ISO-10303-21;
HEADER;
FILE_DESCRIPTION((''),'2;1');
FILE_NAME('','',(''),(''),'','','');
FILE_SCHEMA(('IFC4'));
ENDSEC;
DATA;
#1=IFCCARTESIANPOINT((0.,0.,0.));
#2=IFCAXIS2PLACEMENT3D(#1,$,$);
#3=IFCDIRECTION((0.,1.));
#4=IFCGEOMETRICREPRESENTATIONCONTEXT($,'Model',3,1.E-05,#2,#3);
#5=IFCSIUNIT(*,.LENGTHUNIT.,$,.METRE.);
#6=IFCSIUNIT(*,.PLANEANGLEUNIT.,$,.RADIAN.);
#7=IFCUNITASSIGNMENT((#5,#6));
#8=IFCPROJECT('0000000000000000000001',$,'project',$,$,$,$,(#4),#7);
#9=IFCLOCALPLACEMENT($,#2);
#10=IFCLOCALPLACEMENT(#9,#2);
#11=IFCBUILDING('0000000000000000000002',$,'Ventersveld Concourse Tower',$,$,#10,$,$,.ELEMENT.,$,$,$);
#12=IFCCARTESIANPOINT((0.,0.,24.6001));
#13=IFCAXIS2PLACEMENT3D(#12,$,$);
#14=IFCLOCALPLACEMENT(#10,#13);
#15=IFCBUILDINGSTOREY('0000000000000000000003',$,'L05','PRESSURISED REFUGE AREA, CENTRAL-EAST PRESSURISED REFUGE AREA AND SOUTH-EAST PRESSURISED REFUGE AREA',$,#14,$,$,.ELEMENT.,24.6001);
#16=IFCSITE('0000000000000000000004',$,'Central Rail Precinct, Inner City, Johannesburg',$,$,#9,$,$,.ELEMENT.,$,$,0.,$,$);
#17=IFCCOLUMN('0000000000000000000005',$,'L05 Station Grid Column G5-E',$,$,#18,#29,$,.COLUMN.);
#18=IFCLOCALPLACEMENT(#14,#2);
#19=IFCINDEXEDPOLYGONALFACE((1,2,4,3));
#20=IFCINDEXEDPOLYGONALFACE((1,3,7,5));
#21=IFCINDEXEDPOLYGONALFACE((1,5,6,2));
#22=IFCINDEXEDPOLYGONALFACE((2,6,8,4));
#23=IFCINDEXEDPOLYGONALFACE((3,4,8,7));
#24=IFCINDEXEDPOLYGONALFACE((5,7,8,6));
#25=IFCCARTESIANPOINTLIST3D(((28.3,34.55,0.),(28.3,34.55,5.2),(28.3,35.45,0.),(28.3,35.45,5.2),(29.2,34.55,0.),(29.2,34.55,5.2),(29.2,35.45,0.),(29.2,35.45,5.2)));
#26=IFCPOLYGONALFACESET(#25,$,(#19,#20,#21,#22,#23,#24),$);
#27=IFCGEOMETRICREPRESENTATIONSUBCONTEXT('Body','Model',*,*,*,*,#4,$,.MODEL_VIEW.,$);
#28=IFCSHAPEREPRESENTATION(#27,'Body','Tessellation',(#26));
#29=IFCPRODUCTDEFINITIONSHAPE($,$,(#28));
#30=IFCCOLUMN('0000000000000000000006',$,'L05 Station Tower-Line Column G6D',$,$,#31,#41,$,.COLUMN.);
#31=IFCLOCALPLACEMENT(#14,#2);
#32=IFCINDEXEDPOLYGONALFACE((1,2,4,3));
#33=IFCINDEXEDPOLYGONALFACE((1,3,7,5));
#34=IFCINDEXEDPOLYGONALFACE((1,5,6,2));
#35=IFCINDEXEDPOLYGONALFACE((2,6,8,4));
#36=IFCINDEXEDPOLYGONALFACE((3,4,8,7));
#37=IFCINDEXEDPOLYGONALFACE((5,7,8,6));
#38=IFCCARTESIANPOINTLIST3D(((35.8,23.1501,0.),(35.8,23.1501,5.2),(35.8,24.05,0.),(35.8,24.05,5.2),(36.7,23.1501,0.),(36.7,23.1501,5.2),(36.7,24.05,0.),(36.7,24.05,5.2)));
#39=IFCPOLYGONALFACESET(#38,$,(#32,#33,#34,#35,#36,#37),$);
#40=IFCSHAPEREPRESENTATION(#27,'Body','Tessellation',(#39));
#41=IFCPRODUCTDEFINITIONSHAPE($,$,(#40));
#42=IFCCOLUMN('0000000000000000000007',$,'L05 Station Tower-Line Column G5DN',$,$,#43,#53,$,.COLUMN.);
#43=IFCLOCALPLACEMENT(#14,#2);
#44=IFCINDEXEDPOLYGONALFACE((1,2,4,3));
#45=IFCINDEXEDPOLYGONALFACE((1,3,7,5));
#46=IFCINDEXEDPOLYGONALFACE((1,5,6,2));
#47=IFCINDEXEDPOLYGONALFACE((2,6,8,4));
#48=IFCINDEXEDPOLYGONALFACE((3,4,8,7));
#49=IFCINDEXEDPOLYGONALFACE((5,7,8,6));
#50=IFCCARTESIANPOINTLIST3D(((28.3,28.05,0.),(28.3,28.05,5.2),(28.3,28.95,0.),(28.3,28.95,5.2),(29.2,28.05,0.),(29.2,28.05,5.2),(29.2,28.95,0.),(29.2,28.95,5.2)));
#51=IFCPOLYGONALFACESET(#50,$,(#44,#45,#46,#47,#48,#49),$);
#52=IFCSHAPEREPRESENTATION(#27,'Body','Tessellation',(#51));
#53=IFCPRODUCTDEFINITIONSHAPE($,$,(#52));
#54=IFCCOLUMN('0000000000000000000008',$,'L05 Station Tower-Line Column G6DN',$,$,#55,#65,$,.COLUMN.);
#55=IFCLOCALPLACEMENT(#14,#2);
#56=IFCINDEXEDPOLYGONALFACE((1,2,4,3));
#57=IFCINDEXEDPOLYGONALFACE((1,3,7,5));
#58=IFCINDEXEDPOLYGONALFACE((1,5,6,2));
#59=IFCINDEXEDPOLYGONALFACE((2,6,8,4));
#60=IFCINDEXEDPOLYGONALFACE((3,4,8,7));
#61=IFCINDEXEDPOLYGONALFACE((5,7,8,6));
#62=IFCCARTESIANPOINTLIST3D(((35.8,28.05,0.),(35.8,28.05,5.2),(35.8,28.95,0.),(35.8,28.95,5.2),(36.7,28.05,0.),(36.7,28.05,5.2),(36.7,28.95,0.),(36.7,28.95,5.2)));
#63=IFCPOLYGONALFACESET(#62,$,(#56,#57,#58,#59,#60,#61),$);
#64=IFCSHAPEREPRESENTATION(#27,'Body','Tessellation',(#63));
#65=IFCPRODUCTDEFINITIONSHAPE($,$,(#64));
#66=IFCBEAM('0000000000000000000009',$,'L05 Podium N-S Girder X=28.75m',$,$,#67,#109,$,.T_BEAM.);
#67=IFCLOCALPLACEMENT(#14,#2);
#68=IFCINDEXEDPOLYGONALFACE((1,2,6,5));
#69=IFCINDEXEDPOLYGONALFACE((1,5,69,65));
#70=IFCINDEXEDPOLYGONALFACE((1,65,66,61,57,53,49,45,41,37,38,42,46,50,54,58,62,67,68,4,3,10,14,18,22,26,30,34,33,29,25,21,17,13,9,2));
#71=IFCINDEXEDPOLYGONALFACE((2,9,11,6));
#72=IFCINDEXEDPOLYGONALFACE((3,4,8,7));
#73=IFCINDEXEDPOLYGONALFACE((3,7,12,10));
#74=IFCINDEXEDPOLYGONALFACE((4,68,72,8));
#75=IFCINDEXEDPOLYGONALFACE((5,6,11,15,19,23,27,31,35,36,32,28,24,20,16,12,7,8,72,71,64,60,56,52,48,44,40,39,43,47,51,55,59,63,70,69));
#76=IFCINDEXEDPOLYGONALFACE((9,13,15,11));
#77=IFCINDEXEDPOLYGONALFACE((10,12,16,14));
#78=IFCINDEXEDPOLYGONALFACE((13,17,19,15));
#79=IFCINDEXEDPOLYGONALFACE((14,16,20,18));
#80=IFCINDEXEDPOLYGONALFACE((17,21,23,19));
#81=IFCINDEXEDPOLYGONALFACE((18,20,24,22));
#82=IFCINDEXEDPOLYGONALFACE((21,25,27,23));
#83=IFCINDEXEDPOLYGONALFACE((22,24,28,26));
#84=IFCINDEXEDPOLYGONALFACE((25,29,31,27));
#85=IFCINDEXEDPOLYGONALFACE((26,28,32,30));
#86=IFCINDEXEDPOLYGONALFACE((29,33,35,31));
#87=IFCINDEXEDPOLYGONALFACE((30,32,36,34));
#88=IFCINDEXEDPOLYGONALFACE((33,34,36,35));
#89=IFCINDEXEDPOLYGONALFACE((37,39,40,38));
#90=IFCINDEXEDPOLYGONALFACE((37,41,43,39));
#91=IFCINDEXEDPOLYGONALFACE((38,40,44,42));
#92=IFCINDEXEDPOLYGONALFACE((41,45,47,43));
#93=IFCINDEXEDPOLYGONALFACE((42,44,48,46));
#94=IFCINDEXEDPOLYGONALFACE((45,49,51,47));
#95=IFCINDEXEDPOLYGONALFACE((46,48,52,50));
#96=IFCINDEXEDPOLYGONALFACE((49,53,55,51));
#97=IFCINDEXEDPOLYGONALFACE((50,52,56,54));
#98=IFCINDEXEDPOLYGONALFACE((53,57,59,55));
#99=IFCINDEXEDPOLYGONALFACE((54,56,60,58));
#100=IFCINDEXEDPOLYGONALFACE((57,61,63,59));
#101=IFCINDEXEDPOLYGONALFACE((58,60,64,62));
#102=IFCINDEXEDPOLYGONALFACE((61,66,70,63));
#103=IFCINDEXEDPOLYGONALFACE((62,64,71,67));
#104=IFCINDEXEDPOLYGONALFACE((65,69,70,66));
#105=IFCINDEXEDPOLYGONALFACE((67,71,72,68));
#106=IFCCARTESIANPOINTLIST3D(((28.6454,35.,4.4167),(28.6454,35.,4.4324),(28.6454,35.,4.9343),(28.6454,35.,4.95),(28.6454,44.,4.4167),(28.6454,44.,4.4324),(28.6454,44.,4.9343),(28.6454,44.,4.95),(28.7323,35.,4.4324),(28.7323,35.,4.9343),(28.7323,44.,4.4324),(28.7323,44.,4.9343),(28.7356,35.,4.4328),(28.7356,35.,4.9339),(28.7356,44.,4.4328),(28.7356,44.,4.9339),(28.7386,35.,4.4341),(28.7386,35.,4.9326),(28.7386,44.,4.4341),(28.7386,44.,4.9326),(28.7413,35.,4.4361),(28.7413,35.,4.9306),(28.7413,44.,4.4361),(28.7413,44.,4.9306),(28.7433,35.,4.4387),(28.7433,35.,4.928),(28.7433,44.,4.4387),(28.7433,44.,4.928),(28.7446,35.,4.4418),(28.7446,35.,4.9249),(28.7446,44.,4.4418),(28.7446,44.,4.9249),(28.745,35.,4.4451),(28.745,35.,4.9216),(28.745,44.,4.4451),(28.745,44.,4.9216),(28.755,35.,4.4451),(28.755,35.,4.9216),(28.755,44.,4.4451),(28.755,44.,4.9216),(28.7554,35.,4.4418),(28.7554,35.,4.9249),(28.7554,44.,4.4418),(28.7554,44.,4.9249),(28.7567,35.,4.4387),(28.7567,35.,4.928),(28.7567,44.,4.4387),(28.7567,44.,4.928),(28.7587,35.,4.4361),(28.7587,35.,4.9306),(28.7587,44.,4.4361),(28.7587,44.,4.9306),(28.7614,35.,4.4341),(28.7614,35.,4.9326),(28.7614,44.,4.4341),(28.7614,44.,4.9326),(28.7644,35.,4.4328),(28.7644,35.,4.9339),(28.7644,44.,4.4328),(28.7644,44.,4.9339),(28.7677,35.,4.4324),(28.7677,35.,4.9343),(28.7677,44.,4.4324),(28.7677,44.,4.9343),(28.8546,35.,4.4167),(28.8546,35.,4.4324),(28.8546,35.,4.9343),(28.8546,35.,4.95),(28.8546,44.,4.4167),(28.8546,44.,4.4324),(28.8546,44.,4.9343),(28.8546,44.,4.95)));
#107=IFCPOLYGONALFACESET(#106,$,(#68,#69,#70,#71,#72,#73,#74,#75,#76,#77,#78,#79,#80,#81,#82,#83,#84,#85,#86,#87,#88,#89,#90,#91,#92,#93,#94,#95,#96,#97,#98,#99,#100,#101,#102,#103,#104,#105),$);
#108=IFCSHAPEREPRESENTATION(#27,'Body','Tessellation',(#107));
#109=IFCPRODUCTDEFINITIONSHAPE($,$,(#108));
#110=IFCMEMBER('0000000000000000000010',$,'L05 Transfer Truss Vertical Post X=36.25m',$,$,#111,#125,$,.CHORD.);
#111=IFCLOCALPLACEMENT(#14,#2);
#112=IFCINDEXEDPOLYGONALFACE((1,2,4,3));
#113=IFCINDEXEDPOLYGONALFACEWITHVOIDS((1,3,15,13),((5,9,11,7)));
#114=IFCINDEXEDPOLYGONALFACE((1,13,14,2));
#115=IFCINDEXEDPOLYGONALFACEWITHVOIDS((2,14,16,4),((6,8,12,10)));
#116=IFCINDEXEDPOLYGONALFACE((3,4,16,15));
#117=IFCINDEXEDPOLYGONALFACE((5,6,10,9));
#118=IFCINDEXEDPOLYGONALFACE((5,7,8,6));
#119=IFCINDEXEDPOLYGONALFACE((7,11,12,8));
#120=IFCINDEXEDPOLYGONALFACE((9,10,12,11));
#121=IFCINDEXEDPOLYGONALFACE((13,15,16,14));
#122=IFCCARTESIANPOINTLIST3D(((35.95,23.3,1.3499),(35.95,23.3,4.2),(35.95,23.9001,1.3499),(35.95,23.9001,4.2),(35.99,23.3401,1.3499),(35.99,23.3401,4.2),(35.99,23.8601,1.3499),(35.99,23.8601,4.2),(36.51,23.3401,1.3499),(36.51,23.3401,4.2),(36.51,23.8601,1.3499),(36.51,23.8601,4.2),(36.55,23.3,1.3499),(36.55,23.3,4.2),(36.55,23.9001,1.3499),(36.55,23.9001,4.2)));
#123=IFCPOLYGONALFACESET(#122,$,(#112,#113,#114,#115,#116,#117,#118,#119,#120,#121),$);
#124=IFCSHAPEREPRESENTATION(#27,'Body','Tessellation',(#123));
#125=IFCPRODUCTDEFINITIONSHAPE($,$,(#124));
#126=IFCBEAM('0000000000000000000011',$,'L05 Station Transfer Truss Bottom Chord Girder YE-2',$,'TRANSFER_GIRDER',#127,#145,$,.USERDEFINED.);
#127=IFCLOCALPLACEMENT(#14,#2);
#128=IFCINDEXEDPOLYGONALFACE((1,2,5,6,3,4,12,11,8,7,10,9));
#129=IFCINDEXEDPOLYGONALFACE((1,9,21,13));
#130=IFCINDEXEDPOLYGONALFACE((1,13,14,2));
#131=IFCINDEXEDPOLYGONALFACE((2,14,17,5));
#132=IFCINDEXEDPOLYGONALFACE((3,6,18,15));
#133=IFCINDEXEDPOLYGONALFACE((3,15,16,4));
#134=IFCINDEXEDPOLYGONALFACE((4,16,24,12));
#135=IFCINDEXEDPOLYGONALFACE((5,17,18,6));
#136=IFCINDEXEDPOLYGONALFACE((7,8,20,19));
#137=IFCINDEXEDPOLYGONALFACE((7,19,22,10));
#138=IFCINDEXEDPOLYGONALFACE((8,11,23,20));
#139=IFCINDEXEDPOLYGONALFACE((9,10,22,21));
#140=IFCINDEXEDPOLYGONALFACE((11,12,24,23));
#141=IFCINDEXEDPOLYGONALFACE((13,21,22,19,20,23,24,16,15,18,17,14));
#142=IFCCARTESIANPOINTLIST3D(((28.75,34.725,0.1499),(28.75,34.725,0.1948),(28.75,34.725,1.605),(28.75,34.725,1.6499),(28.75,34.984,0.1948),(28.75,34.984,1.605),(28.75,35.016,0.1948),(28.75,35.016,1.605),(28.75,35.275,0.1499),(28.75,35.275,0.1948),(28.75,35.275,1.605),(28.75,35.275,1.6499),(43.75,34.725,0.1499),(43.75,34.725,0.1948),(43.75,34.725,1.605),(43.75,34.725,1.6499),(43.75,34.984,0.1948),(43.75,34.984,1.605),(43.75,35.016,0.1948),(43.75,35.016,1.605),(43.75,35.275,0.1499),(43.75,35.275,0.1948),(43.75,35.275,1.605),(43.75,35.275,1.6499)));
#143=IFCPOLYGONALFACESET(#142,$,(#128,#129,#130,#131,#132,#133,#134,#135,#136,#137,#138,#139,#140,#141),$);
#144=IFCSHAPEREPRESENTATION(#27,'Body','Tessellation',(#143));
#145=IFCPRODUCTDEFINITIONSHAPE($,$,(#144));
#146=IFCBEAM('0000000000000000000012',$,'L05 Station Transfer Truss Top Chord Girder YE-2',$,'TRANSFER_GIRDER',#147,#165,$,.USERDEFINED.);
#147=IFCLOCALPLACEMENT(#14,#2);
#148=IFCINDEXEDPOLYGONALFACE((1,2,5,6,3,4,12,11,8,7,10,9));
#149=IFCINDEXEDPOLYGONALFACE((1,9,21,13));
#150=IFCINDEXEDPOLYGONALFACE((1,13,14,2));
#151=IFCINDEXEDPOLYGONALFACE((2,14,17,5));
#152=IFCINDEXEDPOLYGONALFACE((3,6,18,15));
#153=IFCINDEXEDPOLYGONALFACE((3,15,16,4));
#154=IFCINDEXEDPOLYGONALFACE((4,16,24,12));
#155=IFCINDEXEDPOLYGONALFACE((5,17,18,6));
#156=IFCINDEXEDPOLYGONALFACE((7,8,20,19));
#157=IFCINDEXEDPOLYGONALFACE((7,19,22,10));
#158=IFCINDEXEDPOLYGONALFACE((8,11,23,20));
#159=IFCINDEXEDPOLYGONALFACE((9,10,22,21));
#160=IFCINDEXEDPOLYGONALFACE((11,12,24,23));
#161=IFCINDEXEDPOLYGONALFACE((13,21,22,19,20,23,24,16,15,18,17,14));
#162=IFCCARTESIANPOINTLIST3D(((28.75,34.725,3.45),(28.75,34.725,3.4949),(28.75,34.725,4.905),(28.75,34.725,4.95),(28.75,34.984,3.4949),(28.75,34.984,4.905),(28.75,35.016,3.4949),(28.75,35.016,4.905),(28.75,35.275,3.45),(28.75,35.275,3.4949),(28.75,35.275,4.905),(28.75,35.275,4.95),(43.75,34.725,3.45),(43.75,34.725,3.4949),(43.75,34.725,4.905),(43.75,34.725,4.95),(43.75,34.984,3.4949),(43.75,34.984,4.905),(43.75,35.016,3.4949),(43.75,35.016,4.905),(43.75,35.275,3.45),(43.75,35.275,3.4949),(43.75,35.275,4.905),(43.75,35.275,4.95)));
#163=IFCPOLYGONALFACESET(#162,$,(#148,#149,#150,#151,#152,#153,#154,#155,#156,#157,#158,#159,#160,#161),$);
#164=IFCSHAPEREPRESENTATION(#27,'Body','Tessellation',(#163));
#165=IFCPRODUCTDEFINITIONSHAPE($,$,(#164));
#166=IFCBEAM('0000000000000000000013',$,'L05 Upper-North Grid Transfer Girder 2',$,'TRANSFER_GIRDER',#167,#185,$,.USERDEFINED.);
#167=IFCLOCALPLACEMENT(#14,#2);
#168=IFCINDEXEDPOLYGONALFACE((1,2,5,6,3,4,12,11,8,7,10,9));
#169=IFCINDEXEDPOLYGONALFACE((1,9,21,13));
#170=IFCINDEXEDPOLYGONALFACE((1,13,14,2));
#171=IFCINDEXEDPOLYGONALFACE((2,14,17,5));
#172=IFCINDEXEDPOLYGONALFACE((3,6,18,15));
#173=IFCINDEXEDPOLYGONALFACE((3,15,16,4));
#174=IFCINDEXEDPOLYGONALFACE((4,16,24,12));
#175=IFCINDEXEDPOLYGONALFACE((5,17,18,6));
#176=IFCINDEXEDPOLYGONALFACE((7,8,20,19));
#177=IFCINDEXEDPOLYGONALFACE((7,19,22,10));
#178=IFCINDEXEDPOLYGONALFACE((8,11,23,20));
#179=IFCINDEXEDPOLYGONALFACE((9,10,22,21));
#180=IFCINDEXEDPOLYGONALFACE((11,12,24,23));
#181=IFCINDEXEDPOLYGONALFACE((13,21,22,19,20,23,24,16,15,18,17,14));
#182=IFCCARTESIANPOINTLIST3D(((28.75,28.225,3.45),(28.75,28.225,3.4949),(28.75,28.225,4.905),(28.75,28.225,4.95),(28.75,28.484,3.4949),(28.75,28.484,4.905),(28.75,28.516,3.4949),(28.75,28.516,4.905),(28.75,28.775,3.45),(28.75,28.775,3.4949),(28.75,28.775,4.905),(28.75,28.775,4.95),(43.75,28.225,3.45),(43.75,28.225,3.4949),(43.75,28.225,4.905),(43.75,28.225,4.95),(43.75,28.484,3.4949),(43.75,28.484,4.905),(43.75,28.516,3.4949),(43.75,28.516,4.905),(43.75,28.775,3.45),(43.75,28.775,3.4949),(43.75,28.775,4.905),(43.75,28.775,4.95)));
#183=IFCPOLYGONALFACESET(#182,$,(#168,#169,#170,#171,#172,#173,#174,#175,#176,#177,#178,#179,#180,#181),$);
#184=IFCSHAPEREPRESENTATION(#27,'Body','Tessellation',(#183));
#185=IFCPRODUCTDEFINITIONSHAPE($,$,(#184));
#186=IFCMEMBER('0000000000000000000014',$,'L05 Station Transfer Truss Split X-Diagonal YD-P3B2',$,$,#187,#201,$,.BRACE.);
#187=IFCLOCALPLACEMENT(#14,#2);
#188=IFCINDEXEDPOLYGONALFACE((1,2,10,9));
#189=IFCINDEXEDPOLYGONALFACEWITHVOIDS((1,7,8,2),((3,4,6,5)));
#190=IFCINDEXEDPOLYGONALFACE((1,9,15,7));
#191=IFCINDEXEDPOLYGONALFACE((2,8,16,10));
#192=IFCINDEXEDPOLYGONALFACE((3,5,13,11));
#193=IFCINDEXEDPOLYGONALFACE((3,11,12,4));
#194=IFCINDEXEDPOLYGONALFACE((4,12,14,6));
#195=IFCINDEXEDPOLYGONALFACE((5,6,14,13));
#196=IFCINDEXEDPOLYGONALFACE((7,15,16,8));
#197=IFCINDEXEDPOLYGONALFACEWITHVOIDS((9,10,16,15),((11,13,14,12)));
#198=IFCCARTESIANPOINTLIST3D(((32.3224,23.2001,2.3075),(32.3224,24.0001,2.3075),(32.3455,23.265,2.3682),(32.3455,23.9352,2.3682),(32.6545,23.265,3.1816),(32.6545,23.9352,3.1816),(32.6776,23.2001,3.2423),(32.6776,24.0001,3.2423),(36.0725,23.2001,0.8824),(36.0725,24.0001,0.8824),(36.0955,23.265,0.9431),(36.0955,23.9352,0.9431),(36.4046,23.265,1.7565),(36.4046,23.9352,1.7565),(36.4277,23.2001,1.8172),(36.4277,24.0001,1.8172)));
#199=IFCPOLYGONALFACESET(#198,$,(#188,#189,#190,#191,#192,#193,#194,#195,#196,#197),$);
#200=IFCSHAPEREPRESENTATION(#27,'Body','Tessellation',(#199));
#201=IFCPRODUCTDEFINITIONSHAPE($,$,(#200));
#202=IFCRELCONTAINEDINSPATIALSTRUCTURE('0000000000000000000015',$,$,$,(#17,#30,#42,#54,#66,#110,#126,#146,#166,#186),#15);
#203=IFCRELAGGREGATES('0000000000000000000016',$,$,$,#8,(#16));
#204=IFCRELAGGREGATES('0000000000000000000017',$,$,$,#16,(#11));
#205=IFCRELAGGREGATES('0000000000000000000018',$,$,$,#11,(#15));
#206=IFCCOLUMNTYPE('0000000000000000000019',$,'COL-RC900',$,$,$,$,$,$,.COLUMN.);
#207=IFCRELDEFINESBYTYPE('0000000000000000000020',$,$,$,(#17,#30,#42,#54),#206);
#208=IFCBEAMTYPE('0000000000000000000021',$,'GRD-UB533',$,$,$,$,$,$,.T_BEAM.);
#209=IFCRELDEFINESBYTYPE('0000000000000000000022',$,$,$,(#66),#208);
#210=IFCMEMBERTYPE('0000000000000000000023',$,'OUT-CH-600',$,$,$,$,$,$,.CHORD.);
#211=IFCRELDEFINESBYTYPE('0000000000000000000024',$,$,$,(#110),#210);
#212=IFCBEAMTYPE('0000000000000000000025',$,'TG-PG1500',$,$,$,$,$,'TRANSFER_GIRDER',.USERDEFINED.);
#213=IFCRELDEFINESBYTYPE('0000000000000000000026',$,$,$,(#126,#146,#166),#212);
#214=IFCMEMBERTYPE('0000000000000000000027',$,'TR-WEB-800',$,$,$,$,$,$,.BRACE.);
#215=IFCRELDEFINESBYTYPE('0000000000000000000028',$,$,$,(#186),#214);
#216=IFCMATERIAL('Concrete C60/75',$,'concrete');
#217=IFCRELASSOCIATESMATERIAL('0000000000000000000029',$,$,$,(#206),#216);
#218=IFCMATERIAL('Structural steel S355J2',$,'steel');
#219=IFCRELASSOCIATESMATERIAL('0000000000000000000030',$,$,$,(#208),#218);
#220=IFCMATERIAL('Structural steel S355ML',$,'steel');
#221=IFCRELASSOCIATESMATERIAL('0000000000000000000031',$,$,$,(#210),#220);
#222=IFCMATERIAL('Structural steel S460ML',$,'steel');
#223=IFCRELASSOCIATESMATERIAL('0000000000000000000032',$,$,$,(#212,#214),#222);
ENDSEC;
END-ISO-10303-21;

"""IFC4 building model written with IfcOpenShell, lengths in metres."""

from ifc_helpers import new_model, si_unit, direction, frame, origin, origin_2d, place, context, subcontext, project, spatial, rectangle, hollow_rectangle, i_section, extrude, material, material_profile, profile_set, type_object, element, save


model = new_model("IFC4")

# Units and contexts
model_context = context("Model", 3, precision=1e-05, world=origin(), true_north=direction((0.0, 1.0)))
body_context = subcontext(model_context, "Body", "Model", "MODEL_VIEW")
ifc_project = project(units=[si_unit("LENGTHUNIT", "METRE"), si_unit("PLANEANGLEUNIT", "RADIAN")], contexts=[model_context])

# Site, building, storey
site_placement = place(None, origin())
site = spatial("IfcSite", under=ifc_project, at=site_placement, Name="Central Rail Precinct, Inner City, Johannesburg", CompositionType="ELEMENT", RefElevation=0.0)
building_placement = place(site_placement, origin())
building = spatial("IfcBuilding", under=site, at=building_placement, Name="Ventersveld Concourse Tower", CompositionType="ELEMENT")
storey_placement = place(building_placement, frame((0.0, 0.0, 24.6001)))
storey = spatial("IfcBuildingStorey", under=building, at=storey_placement, Name="L05", Description="PRESSURISED REFUGE AREA, CENTRAL-EAST PRESSURISED REFUGE AREA AND SOUTH-EAST PRESSURISED REFUGE AREA", CompositionType="ELEMENT", Elevation=24.6001)

# Columns
ifc_material_1 = material(Name="Concrete C60/75", Category="concrete")
ifc_material_profile_1 = material_profile(ifc_material_1, rectangle(XDim=0.8999, YDim=0.8999, at=origin_2d()), Name="RC 900x900")
ifc_profile_set_1 = profile_set([ifc_material_profile_1], Name="Concrete C60/75")
column_type = type_object("IfcColumnType", Name="COL-RC900", PredefinedType="COLUMN", material=ifc_profile_set_1)
for number, where, z_axis, x_axis, name in (
    (1, (28.75, 35.0, 0.0), (0.0, 0.0, 1.0), (1.0, 0.0, 0.0), "L05 Station Grid Column G5-E"),
    (2, (36.25, 23.6001, 0.0), (0.0, 0.0, 1.0), (1.0, 0.0, 0.0), "L05 Station Tower-Line Column G6D"),
    (3, (28.75, 28.5, 0.0), (0.0, 0.0, 1.0), (1.0, 0.0, 0.0), "L05 Station Tower-Line Column G5DN"),
    (4, (36.25, 28.5, 0.0), (0.0, 0.0, 1.0), (1.0, 0.0, 0.0), "L05 Station Tower-Line Column G6DN"),
):
    element("IfcColumn", number, at=place(storey_placement, frame(where, z_axis=z_axis, x_axis=x_axis)), inside=storey, type_object=column_type, Name=name, PredefinedType="COLUMN", context=body_context, shape_type="SweptSolid", body=[
        extrude(rectangle(XDim=0.8999, YDim=0.8999, at=origin_2d()), origin(), (0.0, 0.0, 1.0), 5.2),
    ])

# Beam
ifc_material_2 = material(Name="Structural steel S355J2", Category="steel")
ifc_material_profile_2 = material_profile(ifc_material_2, i_section(OverallWidth=0.2092, OverallDepth=0.5332, WebThickness=0.01, FlangeThickness=0.0156, FilletRadius=0.0127, at=origin_2d()), Name="UB 533x210x92")
ifc_profile_set_2 = profile_set([ifc_material_profile_2], Name="Structural steel S355J2")
beam_type_1 = type_object("IfcBeamType", Name="GRD-UB533", PredefinedType="T_BEAM", material=ifc_profile_set_2)
beam_placement = place(storey_placement, frame((28.75, 35.0, 4.6833), z_axis=(0.0, 1.0, 0.0), x_axis=(-1.0, 0.0, 0.0)))
element("IfcBeam", 5, at=beam_placement, inside=storey, type_object=beam_type_1, Name="L05 Podium N-S Girder X=28.75m", PredefinedType="T_BEAM", context=body_context, shape_type="SweptSolid", body=[
    extrude(i_section(OverallWidth=0.2092, OverallDepth=0.5332, WebThickness=0.01, FlangeThickness=0.0156, FilletRadius=0.0127, at=origin_2d()), origin(), (0.0, 0.0, 1.0), 9.0),
])

# Member
ifc_material_3 = material(Name="Structural steel S355ML", Category="steel")
ifc_material_profile_3 = material_profile(ifc_material_3, hollow_rectangle(XDim=0.6001, YDim=0.6001, WallThickness=0.04, at=origin_2d()), Name="BOX 600x600x40")
ifc_profile_set_3 = profile_set([ifc_material_profile_3], Name="Structural steel S355ML")
member_type_1 = type_object("IfcMemberType", Name="OUT-CH-600", PredefinedType="CHORD", material=ifc_profile_set_3)
member_1_placement = place(storey_placement, frame((36.25, 23.6001, 1.3499), z_axis=(0.0, 0.0, 1.0), x_axis=(1.0, 0.0, 0.0)))
element("IfcMember", 6, at=member_1_placement, inside=storey, type_object=member_type_1, Name="L05 Transfer Truss Vertical Post X=36.25m", PredefinedType="CHORD", context=body_context, shape_type="SweptSolid", body=[
    extrude(hollow_rectangle(XDim=0.6001, YDim=0.6001, WallThickness=0.04, at=origin_2d()), origin(), (0.0, 0.0, 1.0), 2.8501),
])

# Beams
ifc_material_4 = material(Name="Structural steel S460ML", Category="steel")
ifc_material_profile_4 = material_profile(ifc_material_4, i_section(OverallWidth=0.55, OverallDepth=1.5, WebThickness=0.032, FlangeThickness=0.0449, at=origin_2d()), Name="PG 1500x550x45")
ifc_profile_set_4 = profile_set([ifc_material_profile_4], Name="Structural steel S460ML")
beam_type_2 = type_object("IfcBeamType", Name="TG-PG1500", ElementType="TRANSFER_GIRDER", PredefinedType="USERDEFINED", material=ifc_profile_set_4)
for number, where, z_axis, x_axis, name in (
    (7, (28.75, 35.0, 0.8999), (1.0, 0.0, 0.0), (0.0, 1.0, 0.0), "L05 Station Transfer Truss Bottom Chord Girder YE-2"),
    (8, (28.75, 35.0, 4.2), (1.0, 0.0, 0.0), (0.0, 1.0, 0.0), "L05 Station Transfer Truss Top Chord Girder YE-2"),
    (9, (28.75, 28.5, 4.2), (1.0, 0.0, 0.0), (0.0, 1.0, 0.0), "L05 Upper-North Grid Transfer Girder 2"),
):
    element("IfcBeam", number, at=place(storey_placement, frame(where, z_axis=z_axis, x_axis=x_axis)), inside=storey, type_object=beam_type_2, Name=name, ObjectType="TRANSFER_GIRDER", PredefinedType="USERDEFINED", context=body_context, shape_type="SweptSolid", body=[
        extrude(i_section(OverallWidth=0.55, OverallDepth=1.5, WebThickness=0.032, FlangeThickness=0.0449, at=origin_2d()), origin(), (0.0, 0.0, 1.0), 15.0),
    ])

# Member
ifc_material_profile_5 = material_profile(ifc_material_4, hollow_rectangle(XDim=0.8, YDim=1.0, WallThickness=0.0649, at=origin_2d()), Name="BOX 1000x800x65")
ifc_profile_set_5 = profile_set([ifc_material_profile_5], Name="Structural steel S460ML")
member_type_2 = type_object("IfcMemberType", Name="TR-WEB-800", PredefinedType="BRACE", material=ifc_profile_set_5)
member_2_placement = place(storey_placement, frame((32.5, 23.6001, 2.7749), z_axis=(0.93478, 0.0, -0.355228), x_axis=(0.0, 1.0, 0.0)))
element("IfcMember", 10, at=member_2_placement, inside=storey, type_object=member_type_2, Name="L05 Station Transfer Truss Split X-Diagonal YD-P3B2", PredefinedType="BRACE", context=body_context, shape_type="SweptSolid", body=[
    extrude(hollow_rectangle(XDim=0.8, YDim=1.0, WallThickness=0.0649, at=origin_2d()), origin(), (0.0, 0.0, 1.0), 4.0117),
])

save(model, "model.ifc")
